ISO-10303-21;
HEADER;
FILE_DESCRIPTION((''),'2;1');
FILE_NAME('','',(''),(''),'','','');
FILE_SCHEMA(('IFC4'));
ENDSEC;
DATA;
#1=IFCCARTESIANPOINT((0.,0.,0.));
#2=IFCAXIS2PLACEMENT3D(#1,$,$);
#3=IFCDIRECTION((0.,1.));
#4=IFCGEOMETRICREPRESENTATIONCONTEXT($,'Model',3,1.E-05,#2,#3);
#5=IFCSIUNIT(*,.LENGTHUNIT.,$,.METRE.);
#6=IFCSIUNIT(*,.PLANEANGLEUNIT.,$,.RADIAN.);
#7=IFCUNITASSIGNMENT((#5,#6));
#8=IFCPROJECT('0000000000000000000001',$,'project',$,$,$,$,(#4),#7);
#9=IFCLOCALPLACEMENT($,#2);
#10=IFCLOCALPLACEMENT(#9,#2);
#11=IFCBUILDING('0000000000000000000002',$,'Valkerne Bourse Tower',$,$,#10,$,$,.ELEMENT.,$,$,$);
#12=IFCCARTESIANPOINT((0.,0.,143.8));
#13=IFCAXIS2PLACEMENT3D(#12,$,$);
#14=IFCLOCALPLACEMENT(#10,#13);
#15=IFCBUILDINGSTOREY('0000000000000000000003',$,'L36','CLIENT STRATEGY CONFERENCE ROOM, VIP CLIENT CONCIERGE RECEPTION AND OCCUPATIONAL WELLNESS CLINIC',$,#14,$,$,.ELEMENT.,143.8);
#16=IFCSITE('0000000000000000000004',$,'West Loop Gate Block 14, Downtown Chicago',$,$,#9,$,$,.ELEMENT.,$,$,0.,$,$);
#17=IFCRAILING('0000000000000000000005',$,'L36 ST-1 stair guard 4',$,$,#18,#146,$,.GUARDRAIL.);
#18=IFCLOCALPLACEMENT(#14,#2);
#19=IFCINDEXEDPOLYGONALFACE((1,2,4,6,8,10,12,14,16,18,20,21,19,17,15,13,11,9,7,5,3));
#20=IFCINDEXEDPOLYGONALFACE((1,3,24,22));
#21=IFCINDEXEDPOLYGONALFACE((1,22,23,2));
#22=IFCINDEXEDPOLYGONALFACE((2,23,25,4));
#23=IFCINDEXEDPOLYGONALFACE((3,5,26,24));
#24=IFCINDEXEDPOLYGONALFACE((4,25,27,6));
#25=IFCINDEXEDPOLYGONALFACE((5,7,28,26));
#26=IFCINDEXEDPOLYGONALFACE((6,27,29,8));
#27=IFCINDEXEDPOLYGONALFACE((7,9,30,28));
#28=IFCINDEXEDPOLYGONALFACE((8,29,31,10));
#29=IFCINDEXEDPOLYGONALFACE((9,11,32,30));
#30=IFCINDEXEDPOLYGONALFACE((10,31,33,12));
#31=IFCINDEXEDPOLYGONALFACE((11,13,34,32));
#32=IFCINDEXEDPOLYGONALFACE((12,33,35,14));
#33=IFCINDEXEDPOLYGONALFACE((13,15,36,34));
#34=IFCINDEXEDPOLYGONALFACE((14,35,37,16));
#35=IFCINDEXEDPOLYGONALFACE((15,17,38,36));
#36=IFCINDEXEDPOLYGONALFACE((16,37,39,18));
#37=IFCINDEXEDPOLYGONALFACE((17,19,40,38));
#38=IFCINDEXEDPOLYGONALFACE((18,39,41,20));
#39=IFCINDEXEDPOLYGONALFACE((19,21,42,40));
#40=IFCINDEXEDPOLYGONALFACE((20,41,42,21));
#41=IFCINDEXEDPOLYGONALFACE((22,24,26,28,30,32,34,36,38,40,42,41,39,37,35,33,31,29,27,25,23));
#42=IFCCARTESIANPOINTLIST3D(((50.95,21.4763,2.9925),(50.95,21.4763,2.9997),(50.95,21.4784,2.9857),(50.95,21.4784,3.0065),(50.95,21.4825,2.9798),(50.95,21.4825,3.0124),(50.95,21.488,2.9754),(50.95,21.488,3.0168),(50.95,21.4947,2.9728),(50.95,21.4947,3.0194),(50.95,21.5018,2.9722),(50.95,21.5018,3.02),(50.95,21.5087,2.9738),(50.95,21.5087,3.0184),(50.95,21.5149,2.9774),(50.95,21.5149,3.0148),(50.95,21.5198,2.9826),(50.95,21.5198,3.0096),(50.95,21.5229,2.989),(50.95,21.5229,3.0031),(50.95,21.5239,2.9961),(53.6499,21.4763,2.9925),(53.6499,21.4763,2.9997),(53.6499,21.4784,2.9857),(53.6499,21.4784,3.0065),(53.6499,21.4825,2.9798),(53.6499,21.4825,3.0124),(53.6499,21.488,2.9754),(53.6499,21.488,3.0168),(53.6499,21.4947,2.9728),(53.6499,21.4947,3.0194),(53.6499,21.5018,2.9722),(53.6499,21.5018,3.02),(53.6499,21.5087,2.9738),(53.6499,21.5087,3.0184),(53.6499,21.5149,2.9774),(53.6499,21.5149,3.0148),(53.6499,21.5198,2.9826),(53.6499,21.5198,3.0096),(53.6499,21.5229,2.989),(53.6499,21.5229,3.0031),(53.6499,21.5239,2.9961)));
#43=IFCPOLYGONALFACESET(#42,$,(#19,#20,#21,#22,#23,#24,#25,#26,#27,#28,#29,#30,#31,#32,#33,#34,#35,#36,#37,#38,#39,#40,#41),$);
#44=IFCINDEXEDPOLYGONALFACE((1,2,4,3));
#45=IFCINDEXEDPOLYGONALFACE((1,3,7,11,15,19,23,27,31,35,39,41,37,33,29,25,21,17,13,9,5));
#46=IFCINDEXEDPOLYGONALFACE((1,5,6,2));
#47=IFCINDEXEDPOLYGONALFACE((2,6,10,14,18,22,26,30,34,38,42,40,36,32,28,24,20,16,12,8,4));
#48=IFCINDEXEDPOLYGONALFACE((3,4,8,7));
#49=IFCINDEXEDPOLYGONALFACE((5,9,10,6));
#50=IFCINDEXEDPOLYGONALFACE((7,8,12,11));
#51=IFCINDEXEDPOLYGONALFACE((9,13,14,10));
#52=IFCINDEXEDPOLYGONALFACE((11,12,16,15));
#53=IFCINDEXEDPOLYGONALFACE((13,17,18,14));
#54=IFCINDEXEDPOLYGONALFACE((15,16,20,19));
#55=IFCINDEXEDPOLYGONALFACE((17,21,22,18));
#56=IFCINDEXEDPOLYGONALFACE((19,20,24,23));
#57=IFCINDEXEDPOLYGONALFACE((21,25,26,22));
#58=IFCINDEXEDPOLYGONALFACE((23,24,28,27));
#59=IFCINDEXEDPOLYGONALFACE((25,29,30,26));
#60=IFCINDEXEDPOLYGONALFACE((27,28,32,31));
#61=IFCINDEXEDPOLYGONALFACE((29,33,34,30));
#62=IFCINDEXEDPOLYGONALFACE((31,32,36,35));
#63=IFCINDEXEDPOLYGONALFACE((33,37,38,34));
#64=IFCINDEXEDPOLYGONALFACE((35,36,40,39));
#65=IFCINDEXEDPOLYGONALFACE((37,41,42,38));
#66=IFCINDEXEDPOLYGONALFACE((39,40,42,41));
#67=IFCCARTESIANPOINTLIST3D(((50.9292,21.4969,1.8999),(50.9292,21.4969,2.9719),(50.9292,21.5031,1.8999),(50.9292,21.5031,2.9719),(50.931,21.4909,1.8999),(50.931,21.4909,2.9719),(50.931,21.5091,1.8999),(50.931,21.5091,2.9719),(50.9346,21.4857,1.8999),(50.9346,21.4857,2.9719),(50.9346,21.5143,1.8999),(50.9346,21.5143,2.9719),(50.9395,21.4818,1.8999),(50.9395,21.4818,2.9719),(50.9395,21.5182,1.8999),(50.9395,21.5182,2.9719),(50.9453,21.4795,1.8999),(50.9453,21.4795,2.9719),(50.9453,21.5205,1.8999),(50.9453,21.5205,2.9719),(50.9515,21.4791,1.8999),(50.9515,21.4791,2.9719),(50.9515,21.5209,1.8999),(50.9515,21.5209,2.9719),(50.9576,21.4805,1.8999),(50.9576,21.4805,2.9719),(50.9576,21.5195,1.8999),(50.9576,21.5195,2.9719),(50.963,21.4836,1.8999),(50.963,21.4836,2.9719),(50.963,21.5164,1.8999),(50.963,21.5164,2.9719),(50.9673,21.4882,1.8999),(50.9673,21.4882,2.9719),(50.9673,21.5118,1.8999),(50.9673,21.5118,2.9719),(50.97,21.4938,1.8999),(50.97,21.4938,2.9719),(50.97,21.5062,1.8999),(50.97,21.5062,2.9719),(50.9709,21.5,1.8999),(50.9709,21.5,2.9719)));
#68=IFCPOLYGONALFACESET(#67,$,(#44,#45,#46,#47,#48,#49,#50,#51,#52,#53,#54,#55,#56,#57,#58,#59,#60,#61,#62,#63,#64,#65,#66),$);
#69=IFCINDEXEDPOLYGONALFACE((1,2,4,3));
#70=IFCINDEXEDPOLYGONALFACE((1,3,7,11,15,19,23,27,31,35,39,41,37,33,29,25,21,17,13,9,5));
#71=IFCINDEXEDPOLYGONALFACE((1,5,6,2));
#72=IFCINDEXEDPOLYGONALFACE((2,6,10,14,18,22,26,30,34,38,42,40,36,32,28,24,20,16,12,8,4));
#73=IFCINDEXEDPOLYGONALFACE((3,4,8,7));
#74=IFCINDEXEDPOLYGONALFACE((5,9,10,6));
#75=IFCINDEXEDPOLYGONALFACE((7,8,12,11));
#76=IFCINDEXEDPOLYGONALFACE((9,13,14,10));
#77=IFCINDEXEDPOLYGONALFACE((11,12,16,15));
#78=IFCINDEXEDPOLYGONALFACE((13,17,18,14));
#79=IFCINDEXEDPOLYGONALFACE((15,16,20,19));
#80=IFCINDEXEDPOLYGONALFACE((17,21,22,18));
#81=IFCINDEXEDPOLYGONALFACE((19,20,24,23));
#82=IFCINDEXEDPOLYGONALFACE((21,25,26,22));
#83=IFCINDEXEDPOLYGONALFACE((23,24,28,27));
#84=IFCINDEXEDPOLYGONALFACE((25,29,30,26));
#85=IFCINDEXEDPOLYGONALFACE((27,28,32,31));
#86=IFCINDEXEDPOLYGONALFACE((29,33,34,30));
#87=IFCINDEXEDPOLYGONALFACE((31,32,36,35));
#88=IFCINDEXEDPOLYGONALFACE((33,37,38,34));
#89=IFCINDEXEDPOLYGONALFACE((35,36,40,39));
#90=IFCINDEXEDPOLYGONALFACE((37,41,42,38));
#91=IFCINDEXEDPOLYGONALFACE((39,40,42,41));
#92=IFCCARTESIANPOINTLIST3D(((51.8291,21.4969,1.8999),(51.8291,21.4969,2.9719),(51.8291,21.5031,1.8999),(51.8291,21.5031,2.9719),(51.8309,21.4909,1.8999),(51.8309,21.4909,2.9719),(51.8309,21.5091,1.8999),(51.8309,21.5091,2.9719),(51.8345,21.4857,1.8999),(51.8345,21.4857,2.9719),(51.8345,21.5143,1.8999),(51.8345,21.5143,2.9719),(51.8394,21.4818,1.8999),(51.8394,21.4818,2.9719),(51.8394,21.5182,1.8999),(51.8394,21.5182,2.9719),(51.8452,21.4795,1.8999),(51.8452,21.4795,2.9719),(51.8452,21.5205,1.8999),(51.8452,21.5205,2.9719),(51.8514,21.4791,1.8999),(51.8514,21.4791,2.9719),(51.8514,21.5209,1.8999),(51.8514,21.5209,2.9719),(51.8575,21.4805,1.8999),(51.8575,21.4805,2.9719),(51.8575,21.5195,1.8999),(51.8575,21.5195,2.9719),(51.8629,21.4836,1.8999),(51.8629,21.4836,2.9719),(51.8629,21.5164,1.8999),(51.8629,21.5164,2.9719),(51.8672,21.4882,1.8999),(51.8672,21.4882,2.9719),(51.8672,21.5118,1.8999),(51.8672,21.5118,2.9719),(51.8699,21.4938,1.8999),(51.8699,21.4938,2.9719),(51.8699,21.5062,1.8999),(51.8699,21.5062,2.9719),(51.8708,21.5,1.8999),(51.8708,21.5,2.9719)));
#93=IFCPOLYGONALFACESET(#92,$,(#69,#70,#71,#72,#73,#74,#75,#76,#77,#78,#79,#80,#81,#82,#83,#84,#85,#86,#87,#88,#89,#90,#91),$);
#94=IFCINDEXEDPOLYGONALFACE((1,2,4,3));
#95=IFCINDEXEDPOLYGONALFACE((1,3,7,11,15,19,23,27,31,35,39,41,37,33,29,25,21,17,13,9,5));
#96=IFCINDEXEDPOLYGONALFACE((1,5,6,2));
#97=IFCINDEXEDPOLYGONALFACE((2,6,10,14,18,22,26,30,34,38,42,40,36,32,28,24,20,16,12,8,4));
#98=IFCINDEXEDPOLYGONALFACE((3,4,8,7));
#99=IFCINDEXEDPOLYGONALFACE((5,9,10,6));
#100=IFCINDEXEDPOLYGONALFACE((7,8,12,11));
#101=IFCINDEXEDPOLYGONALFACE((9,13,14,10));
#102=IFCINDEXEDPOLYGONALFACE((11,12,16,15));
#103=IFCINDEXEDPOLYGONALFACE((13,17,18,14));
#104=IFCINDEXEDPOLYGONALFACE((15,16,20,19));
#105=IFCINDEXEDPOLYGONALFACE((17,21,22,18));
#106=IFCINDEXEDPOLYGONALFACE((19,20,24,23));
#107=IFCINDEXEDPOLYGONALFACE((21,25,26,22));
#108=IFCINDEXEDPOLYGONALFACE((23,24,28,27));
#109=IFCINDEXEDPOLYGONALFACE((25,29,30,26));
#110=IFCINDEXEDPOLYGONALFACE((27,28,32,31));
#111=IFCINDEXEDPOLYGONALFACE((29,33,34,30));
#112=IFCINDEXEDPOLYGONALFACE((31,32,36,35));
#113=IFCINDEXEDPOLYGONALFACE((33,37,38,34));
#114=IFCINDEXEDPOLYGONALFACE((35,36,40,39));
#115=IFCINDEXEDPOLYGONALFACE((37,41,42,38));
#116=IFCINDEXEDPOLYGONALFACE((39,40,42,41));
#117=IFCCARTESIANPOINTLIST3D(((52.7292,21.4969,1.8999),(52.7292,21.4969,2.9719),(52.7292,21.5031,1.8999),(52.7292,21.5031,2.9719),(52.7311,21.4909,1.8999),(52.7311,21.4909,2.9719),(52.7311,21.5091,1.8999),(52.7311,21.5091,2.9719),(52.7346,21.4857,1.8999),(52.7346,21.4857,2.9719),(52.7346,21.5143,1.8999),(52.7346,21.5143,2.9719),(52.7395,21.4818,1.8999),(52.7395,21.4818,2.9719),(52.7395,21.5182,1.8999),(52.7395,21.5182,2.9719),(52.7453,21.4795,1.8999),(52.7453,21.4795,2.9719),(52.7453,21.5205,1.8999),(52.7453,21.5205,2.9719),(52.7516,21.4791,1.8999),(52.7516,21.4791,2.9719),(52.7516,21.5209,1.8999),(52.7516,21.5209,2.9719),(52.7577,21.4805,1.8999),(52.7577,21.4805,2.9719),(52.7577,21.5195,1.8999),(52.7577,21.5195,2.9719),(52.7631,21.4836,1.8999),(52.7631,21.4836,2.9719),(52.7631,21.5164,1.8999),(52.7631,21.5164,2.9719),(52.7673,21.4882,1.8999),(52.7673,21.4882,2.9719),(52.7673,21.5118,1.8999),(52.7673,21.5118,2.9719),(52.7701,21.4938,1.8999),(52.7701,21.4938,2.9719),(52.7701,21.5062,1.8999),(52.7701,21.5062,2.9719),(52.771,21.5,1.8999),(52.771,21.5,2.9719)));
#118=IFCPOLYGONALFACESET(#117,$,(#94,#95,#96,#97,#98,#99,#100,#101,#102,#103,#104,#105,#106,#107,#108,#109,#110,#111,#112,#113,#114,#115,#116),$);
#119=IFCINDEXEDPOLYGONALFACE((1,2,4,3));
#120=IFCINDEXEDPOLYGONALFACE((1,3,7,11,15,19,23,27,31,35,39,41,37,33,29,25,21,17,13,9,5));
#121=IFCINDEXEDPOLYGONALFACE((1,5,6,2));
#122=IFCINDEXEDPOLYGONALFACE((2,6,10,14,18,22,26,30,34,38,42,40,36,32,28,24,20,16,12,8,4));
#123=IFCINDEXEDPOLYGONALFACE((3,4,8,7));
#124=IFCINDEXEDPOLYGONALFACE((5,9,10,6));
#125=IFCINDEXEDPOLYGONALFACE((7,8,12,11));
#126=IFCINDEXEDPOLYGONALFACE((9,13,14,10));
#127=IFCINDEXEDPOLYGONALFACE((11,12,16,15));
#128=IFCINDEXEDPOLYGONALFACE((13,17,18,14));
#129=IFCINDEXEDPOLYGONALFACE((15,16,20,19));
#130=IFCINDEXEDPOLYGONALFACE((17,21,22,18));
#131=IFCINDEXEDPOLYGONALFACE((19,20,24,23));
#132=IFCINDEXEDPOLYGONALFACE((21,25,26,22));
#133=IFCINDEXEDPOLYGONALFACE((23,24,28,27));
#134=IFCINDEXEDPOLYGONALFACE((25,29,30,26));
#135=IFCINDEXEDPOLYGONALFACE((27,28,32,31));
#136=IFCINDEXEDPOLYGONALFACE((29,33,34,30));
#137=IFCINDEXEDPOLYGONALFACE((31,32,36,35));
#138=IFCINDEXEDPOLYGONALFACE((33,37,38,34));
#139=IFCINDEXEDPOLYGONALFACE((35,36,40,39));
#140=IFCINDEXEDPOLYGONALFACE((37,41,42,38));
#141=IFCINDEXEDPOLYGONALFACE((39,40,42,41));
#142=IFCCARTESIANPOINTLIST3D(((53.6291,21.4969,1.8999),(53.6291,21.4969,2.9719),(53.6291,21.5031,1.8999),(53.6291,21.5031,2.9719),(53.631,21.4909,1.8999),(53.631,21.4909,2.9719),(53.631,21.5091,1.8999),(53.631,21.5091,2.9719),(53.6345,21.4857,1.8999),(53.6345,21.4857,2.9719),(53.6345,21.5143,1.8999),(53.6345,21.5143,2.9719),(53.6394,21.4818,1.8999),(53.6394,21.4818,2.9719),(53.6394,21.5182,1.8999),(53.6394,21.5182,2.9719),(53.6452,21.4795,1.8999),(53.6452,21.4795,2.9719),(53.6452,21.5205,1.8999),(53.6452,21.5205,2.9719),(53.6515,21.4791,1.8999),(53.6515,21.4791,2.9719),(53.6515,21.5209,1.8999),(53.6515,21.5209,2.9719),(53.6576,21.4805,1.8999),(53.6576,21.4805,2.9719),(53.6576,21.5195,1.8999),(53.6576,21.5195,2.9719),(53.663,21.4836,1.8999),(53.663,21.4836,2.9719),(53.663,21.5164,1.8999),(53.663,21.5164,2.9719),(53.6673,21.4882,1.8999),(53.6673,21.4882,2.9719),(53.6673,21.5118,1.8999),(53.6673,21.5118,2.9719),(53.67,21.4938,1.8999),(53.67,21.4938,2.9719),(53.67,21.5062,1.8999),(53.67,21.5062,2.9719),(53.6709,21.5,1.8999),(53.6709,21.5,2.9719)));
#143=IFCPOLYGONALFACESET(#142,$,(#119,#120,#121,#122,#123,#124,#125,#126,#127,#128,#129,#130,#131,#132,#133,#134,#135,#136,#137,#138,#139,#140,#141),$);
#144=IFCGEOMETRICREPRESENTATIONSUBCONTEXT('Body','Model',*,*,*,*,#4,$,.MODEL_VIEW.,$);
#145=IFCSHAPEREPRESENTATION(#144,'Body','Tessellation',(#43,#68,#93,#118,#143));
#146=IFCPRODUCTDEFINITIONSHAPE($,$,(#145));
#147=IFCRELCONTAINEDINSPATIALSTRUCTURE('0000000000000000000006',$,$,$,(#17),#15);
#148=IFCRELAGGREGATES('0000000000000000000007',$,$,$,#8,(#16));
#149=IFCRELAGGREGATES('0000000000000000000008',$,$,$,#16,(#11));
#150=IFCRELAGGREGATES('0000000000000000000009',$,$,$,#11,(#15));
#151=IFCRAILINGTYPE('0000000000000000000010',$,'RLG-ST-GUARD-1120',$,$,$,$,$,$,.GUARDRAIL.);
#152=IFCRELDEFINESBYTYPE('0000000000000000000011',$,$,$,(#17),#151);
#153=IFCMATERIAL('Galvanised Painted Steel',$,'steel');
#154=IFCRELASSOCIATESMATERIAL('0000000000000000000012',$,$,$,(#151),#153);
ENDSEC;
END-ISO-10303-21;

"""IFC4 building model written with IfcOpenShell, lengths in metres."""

from ifc_helpers import new_model, si_unit, direction, frame, origin, origin_2d, place, context, subcontext, project, spatial, circle, extrude, material, type_object, element, save


model = new_model("IFC4")

# Units and contexts
model_context = context("Model", 3, precision=1e-05, world=origin(), true_north=direction((0.0, 1.0)))
body_context = subcontext(model_context, "Body", "Model", "MODEL_VIEW")
ifc_project = project(units=[si_unit("LENGTHUNIT", "METRE"), si_unit("PLANEANGLEUNIT", "RADIAN")], contexts=[model_context])

# Site, building, storey
site_placement = place(None, origin())
site = spatial("IfcSite", under=ifc_project, at=site_placement, Name="West Loop Gate Block 14, Downtown Chicago", CompositionType="ELEMENT", RefElevation=0.0)
building_placement = place(site_placement, origin())
building = spatial("IfcBuilding", under=site, at=building_placement, Name="Valkerne Bourse Tower", CompositionType="ELEMENT")
storey_placement = place(building_placement, frame((0.0, 0.0, 143.8)))
storey = spatial("IfcBuildingStorey", under=building, at=storey_placement, Name="L36", Description="CLIENT STRATEGY CONFERENCE ROOM, VIP CLIENT CONCIERGE RECEPTION AND OCCUPATIONAL WELLNESS CLINIC", CompositionType="ELEMENT", Elevation=143.8)

# Shared definitions
ifc_material_1 = material(Name="Galvanised Painted Steel", Category="steel")

# Railing
railing_type_1 = type_object("IfcRailingType", Name="RLG-ST-GUARD-1120", PredefinedType="GUARDRAIL", material=ifc_material_1)
for number, where, name in (
    (1, (50.95, 21.5, 1.8999), "L36 ST-1 stair guard 4"),
):
    element("IfcRailing", number, at=place(storey_placement, frame(where)), inside=storey, type_object=railing_type_1, Name=name, PredefinedType="GUARDRAIL", context=body_context, shape_type="SweptSolid", body=[
        extrude(circle(Radius=0.0239, at=origin_2d()), frame((0.0, 0.0, 1.0962), z_axis=(1.0, 0.0, 0.0), x_axis=(0.0, 1.0, 0.0)), (0.0, 0.0, 1.0), 2.7),
        extrude(circle(Radius=0.021, at=origin_2d()), origin(), (0.0, 0.0, 1.0), 1.072),
        extrude(circle(Radius=0.021, at=origin_2d()), frame((0.8999, 0.0, 0.0)), (0.0, 0.0, 1.0), 1.072),
        extrude(circle(Radius=0.021, at=origin_2d()), frame((1.8, 0.0, 0.0)), (0.0, 0.0, 1.0), 1.072),
        extrude(circle(Radius=0.021, at=origin_2d()), frame((2.7, 0.0, 0.0)), (0.0, 0.0, 1.0), 1.072),
    ])

save(model, "model.ifc")
